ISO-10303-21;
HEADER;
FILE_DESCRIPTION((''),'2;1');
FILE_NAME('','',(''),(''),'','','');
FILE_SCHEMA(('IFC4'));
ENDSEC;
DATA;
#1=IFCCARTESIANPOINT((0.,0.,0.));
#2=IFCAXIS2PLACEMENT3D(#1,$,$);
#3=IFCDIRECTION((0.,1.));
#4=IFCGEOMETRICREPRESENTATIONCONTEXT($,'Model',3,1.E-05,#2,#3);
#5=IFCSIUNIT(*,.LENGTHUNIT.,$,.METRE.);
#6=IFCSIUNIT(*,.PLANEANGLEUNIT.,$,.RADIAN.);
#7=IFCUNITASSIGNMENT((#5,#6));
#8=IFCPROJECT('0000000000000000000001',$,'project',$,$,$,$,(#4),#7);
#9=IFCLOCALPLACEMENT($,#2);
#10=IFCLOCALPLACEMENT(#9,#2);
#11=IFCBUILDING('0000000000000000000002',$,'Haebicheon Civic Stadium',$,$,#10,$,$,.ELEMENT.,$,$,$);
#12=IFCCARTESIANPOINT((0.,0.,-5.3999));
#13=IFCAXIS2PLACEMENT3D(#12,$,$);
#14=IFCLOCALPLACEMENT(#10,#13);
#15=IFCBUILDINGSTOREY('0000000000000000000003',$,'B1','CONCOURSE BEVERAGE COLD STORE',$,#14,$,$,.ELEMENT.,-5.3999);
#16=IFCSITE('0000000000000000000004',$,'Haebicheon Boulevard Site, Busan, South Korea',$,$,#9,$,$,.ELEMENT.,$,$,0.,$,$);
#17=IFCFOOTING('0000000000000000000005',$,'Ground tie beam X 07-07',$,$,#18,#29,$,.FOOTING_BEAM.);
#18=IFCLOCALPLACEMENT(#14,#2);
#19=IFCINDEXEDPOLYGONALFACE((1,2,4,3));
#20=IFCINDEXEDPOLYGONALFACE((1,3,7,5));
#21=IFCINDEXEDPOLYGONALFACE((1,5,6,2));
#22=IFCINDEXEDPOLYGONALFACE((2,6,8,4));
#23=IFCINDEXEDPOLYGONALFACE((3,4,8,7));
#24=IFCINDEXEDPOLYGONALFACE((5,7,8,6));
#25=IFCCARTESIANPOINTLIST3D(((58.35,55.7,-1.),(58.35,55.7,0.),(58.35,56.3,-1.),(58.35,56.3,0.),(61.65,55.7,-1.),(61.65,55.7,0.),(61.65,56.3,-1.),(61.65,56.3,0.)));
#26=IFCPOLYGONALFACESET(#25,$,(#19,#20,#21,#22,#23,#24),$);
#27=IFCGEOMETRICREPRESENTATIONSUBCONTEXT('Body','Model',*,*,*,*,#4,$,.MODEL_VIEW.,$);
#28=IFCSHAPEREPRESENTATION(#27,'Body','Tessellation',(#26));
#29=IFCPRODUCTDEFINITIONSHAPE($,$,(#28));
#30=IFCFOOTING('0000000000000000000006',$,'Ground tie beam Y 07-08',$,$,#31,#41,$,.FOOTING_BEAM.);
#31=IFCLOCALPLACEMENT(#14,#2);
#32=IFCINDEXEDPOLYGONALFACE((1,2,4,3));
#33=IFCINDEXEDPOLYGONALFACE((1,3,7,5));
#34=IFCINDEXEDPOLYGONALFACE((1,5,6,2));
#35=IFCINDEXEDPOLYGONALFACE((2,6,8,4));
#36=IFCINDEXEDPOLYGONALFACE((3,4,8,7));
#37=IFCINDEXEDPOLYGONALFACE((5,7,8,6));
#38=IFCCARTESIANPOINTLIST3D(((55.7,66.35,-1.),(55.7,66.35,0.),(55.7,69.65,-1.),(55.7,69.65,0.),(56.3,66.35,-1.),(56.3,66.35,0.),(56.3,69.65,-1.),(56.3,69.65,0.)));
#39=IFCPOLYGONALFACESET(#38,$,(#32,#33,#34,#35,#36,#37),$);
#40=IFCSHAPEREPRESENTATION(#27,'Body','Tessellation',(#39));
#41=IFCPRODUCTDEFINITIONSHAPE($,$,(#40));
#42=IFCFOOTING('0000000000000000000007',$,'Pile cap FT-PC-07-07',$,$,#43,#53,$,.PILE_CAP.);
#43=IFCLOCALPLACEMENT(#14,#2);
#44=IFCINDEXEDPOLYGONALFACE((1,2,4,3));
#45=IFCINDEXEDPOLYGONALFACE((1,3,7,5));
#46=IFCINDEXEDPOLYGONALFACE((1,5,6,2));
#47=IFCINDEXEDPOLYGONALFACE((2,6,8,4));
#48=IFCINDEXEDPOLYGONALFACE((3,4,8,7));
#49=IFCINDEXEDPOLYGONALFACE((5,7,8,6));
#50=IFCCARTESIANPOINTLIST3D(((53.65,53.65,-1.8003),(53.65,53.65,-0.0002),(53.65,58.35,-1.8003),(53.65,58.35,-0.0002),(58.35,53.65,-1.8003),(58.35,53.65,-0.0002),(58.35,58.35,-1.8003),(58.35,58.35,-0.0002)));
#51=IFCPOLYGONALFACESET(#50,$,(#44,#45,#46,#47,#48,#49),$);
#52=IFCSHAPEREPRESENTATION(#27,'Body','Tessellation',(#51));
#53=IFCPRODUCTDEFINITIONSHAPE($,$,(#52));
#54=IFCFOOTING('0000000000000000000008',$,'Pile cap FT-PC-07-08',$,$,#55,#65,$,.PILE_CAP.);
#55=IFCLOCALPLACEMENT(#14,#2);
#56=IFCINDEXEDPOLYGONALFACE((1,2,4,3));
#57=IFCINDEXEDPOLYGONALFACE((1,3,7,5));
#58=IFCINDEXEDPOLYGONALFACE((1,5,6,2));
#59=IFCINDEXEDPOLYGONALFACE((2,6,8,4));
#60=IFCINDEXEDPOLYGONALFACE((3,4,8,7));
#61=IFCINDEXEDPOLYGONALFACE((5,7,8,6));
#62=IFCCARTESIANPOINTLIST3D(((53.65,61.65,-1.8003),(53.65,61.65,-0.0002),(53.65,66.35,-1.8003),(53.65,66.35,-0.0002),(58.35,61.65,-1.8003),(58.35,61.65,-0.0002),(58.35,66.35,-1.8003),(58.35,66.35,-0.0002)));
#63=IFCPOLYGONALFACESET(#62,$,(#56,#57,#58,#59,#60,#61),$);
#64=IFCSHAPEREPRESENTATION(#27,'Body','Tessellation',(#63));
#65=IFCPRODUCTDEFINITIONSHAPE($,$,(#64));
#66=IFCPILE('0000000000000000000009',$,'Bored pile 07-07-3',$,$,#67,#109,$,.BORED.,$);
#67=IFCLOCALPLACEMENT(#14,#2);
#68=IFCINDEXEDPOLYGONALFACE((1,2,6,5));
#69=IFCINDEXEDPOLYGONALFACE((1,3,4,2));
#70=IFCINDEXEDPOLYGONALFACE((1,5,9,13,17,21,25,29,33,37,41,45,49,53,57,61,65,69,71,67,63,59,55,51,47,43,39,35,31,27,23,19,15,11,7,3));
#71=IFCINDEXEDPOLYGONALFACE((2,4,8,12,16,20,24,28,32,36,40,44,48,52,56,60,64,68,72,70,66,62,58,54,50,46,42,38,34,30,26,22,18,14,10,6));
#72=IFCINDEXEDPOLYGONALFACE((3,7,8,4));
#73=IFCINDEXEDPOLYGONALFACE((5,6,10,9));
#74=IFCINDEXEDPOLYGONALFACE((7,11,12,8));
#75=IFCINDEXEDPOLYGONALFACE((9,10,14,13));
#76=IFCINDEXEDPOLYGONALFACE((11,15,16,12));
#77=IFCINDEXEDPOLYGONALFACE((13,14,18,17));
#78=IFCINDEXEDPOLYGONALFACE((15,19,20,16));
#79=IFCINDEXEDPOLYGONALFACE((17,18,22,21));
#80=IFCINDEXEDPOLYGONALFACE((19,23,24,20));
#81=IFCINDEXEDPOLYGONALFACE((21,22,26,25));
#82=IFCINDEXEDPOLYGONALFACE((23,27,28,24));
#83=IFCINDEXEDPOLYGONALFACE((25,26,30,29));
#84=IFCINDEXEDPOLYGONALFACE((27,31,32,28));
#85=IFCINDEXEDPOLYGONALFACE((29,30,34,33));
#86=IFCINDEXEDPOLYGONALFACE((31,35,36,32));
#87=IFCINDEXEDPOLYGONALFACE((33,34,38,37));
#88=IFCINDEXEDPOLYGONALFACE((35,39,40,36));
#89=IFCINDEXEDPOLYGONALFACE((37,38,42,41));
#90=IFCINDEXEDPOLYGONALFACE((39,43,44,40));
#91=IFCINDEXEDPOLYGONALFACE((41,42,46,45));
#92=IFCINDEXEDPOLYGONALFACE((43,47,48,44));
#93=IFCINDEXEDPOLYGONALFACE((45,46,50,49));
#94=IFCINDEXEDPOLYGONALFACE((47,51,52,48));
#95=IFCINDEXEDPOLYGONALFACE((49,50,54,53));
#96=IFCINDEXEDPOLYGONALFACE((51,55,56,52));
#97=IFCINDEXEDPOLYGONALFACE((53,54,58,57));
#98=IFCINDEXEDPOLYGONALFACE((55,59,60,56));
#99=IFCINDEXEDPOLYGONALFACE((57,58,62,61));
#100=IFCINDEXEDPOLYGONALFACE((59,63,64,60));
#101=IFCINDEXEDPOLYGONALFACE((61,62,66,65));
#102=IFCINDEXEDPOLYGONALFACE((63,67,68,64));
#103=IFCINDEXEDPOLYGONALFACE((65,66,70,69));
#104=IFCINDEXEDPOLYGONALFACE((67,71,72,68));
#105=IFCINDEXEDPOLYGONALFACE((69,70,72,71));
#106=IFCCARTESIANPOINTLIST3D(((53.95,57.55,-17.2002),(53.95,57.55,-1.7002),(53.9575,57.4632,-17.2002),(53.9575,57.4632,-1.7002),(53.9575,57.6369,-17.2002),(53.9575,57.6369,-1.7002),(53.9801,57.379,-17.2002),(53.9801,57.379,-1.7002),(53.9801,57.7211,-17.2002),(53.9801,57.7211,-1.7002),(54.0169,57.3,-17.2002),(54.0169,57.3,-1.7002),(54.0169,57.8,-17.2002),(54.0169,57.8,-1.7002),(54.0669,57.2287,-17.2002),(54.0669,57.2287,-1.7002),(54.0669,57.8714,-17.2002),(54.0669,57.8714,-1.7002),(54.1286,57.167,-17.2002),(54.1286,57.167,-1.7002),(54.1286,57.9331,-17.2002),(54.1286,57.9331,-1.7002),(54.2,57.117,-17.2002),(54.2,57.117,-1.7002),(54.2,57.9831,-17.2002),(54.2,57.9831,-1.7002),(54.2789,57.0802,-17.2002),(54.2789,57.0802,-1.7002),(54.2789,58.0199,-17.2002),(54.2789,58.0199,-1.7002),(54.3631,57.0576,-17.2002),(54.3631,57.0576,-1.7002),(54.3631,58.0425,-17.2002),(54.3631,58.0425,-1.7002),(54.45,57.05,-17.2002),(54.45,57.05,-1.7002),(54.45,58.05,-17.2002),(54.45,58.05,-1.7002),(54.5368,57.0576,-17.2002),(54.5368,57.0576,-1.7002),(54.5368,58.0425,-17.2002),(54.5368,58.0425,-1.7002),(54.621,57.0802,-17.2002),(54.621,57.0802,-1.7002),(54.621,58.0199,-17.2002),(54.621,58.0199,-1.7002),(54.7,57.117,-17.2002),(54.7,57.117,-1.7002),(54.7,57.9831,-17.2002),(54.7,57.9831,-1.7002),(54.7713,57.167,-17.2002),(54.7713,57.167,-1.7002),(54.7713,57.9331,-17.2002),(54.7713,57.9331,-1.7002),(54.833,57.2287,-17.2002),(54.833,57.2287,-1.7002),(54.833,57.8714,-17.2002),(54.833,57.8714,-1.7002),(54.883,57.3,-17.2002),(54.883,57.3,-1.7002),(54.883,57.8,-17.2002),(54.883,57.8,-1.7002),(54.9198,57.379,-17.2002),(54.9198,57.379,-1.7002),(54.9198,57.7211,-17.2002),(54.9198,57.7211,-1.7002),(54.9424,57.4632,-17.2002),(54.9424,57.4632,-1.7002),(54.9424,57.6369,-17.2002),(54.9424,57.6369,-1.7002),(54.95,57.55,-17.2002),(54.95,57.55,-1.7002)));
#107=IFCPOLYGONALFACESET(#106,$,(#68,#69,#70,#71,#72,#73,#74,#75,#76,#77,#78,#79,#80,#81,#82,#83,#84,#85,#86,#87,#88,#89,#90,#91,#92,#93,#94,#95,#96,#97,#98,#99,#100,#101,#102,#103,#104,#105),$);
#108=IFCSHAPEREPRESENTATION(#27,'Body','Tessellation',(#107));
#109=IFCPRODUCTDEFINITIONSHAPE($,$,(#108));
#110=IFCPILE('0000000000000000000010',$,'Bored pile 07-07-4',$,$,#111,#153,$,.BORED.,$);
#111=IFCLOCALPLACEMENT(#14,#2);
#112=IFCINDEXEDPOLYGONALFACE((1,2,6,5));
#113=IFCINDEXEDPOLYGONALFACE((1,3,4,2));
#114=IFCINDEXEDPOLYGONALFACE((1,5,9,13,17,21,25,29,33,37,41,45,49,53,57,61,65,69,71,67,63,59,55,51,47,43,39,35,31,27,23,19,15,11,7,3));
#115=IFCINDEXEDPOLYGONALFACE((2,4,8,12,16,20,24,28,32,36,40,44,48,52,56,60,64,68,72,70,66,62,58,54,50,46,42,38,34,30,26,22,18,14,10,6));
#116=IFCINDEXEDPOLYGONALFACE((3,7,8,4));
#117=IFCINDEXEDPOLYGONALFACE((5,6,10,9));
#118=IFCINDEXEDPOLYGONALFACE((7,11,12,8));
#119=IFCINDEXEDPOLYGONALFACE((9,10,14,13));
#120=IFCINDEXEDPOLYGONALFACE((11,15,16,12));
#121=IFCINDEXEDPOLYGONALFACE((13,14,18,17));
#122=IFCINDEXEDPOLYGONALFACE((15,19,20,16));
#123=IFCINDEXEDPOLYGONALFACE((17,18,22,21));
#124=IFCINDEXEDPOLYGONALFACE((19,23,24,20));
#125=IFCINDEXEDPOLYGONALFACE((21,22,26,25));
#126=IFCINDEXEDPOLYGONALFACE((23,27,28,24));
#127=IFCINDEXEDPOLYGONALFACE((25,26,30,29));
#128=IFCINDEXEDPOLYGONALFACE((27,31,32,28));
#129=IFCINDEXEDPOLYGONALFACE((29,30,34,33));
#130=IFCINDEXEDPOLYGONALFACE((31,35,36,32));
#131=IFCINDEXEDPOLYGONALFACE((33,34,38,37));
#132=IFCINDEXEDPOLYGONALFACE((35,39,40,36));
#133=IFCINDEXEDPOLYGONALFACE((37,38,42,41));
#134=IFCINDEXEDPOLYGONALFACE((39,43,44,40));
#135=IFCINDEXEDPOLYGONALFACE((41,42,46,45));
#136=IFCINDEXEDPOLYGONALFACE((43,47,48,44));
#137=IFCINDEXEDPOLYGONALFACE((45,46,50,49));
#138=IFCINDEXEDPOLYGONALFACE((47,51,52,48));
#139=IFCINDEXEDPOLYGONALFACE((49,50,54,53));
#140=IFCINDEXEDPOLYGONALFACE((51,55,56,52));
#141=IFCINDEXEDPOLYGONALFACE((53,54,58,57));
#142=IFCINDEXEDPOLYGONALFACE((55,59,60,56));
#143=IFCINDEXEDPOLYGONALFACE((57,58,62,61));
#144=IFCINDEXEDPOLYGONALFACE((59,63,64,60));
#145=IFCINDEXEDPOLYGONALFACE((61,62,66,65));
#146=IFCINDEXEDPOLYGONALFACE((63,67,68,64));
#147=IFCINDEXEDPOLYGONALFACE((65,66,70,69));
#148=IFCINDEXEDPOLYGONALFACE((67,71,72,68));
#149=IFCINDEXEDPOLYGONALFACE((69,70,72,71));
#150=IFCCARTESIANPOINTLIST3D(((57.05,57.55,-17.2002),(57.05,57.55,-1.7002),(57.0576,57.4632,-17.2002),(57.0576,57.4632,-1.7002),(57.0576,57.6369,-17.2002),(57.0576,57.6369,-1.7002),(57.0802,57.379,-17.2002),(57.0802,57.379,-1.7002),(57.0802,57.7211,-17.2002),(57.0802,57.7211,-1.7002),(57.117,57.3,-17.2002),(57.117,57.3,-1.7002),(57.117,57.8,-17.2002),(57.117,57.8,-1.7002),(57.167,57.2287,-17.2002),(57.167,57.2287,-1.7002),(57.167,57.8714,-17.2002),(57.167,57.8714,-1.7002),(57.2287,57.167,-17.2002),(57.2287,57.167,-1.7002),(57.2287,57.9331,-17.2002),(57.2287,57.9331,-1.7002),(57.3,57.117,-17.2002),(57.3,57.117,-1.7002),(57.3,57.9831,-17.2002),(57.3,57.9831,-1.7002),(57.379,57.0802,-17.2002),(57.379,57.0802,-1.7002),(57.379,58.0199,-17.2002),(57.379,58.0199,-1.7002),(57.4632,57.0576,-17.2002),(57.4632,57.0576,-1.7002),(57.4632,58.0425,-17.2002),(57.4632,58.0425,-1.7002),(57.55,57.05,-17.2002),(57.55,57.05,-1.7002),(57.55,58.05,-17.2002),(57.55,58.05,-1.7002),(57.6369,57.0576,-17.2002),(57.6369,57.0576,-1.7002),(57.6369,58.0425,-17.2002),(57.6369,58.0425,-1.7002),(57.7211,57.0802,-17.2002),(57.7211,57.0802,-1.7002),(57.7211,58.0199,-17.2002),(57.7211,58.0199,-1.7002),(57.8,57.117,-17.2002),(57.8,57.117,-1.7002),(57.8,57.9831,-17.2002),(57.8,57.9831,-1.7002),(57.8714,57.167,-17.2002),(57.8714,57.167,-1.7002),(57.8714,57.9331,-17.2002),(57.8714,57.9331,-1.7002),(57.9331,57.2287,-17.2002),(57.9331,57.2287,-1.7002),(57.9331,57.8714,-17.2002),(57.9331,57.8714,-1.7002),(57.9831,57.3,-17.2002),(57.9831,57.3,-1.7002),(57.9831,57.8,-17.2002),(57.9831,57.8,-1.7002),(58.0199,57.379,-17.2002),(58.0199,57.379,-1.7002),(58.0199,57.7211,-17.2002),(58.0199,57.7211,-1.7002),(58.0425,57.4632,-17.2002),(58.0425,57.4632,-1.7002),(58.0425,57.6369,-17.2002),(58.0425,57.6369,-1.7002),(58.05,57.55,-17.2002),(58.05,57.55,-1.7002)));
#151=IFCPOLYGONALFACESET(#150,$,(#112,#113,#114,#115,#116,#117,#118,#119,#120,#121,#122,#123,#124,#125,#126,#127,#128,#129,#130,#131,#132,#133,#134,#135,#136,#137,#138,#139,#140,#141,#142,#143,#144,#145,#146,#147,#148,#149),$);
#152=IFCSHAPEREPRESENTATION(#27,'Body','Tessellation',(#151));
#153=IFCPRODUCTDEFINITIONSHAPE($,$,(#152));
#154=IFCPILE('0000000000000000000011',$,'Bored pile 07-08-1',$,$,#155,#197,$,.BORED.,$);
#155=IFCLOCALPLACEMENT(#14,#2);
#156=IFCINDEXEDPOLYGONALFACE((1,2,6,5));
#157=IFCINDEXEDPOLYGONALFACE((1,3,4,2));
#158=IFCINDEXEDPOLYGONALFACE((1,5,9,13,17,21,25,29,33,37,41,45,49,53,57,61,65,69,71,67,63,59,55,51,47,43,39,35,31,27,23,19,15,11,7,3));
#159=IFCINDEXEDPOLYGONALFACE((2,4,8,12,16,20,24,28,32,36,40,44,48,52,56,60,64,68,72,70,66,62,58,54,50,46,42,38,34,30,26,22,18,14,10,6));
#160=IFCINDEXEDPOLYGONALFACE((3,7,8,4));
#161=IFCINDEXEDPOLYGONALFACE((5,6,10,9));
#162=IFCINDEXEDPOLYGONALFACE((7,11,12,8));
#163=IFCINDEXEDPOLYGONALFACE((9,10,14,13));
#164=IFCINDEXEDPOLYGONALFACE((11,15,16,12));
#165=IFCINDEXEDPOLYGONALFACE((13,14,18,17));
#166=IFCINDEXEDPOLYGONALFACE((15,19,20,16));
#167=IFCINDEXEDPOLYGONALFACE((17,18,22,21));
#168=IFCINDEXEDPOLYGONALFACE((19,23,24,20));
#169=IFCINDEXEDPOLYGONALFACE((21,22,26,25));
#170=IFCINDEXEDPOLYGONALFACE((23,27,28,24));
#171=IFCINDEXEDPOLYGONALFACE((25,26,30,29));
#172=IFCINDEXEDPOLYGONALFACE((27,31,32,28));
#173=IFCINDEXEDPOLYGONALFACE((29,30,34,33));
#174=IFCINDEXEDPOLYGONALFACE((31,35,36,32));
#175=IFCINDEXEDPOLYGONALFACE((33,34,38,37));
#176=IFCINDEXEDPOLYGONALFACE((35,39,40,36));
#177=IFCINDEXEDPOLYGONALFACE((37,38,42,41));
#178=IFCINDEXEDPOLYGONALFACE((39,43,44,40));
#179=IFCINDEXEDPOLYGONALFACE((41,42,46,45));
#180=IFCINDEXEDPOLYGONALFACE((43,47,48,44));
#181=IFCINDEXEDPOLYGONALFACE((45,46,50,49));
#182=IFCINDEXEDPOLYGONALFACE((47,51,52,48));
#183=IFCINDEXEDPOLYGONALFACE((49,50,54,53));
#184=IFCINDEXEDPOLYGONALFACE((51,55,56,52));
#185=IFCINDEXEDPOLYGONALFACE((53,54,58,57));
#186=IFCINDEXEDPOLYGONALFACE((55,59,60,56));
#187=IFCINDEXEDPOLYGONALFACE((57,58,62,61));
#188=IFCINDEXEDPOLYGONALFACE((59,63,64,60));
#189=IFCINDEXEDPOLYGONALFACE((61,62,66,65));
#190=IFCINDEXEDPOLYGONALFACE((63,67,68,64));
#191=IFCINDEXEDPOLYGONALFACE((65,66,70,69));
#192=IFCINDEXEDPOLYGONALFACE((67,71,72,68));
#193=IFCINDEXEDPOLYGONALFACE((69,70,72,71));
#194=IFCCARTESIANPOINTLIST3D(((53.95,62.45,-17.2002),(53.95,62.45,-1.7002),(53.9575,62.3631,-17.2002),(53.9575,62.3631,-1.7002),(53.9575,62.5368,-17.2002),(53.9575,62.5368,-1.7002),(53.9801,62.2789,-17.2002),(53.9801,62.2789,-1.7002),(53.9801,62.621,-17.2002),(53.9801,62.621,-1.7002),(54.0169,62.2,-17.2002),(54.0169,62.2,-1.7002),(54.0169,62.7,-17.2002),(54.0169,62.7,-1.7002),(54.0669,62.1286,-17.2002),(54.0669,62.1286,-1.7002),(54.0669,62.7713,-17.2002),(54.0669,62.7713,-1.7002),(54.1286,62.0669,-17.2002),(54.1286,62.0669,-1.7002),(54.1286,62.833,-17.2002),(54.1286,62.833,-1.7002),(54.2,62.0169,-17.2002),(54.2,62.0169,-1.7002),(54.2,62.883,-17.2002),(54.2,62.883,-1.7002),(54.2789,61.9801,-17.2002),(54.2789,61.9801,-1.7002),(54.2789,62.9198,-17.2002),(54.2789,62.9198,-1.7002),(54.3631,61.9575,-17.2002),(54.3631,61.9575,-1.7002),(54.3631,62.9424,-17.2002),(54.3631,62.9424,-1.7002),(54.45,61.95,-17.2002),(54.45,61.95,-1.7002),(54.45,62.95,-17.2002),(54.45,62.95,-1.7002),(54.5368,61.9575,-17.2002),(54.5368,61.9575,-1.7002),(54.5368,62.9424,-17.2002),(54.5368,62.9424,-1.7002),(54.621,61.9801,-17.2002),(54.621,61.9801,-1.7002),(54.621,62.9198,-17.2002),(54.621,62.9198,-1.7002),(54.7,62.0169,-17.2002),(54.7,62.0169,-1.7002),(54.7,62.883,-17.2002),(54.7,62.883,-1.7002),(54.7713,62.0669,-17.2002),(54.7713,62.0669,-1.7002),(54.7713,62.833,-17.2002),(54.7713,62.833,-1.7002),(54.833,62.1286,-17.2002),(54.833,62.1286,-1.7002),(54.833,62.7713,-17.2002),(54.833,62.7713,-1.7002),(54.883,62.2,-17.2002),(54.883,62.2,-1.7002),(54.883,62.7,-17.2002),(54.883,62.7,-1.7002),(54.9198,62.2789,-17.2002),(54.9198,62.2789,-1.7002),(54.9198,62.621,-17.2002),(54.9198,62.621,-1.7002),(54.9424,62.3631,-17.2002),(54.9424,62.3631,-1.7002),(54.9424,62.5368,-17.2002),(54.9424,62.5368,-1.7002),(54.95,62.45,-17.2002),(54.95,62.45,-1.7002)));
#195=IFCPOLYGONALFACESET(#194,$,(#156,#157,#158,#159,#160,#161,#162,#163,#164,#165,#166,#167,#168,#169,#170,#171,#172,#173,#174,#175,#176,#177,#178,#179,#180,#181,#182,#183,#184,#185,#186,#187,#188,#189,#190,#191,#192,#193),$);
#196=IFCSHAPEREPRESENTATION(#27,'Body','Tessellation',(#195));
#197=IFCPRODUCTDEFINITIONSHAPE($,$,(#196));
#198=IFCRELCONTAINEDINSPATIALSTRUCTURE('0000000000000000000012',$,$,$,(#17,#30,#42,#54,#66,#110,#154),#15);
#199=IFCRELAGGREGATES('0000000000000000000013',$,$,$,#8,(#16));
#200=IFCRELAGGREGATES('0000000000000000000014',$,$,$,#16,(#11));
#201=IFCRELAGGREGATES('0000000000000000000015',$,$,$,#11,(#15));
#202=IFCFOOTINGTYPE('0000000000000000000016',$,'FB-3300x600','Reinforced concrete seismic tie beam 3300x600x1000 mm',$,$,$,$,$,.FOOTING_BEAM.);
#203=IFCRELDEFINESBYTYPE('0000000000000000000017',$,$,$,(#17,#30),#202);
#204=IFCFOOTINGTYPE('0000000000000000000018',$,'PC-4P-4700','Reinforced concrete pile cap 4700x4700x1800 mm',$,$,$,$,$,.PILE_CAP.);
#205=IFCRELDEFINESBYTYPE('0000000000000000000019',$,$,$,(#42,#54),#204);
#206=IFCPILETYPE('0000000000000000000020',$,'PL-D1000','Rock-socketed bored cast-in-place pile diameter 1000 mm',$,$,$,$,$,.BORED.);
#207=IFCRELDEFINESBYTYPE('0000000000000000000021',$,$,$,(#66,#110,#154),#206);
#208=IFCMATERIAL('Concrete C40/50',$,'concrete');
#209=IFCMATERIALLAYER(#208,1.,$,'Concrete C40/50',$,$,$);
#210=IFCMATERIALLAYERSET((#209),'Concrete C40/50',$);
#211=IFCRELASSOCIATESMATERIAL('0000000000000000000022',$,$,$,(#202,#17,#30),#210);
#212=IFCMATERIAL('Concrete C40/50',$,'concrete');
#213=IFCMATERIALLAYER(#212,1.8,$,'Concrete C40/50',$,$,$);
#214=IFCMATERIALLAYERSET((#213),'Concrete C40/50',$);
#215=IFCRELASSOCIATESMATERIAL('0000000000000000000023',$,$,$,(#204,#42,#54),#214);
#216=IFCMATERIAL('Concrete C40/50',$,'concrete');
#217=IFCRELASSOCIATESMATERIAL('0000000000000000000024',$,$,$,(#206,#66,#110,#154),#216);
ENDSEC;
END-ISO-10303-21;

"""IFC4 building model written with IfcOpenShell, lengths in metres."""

from ifc_helpers import new_model, si_unit, direction, frame, origin, origin_2d, place, context, subcontext, project, spatial, rectangle, circle, extrude, material, layer, layer_set, material_profile, profile_set, type_object, element, save


model = new_model("IFC4")

# Units and contexts
model_context = context("Model", 3, precision=1e-05, world=origin(), true_north=direction((0.0, 1.0)))
body_context = subcontext(model_context, "Body", "Model", "MODEL_VIEW")
ifc_project = project(units=[si_unit("LENGTHUNIT", "METRE"), si_unit("PLANEANGLEUNIT", "RADIAN")], contexts=[model_context])

# Site, building, storey
site_placement = place(None, origin())
site = spatial("IfcSite", under=ifc_project, at=site_placement, Name="Haebicheon Boulevard Site, Busan, South Korea", CompositionType="ELEMENT", RefElevation=0.0)
building_placement = place(site_placement, origin())
building = spatial("IfcBuilding", under=site, at=building_placement, Name="Haebicheon Civic Stadium", CompositionType="ELEMENT")
storey_placement = place(building_placement, frame((0.0, 0.0, -5.3999)))
storey = spatial("IfcBuildingStorey", under=building, at=storey_placement, Name="B1", Description="CONCOURSE BEVERAGE COLD STORE", CompositionType="ELEMENT", Elevation=-5.3999)

# Footings
ifc_material_1 = material(Name="Concrete C40/50", Category="concrete")
ifc_layer_1 = layer(ifc_material_1, 1.0, Name="Concrete C40/50")
ifc_layer_set_1 = layer_set([ifc_layer_1], Name="Concrete C40/50")
footing_type_1 = type_object("IfcFootingType", Name="FB-3300x600", Description="Reinforced concrete seismic tie beam 3300x600x1000 mm", PredefinedType="FOOTING_BEAM", material=ifc_layer_set_1)
for number, where, z_axis, x_axis, name in (
    (1, (60.0, 56.0, -1.0), (0.0, 0.0, 1.0), (1.0, 0.0, 0.0), "Ground tie beam X 07-07"),
    (2, (56.0, 68.0, -1.0), (0.0, 0.0, 1.0), (0.0, 1.0, 0.0), "Ground tie beam Y 07-08"),
):
    element("IfcFooting", number, at=place(storey_placement, frame(where, z_axis=z_axis, x_axis=x_axis)), inside=storey, type_object=footing_type_1, material=ifc_layer_set_1, Name=name, PredefinedType="FOOTING_BEAM", context=body_context, shape_type="SweptSolid", body=[
        extrude(rectangle(XDim=3.3, YDim=0.6001, at=origin_2d()), origin(), (0.0, 0.0, 1.0), 1.0),
    ])
ifc_material_2 = material(Name="Concrete C40/50", Category="concrete")
ifc_layer_2 = layer(ifc_material_2, 1.8, Name="Concrete C40/50")
ifc_layer_set_2 = layer_set([ifc_layer_2], Name="Concrete C40/50")
footing_type_2 = type_object("IfcFootingType", Name="PC-4P-4700", Description="Reinforced concrete pile cap 4700x4700x1800 mm", PredefinedType="PILE_CAP", material=ifc_layer_set_2)
for number, where, z_axis, x_axis, name in (
    (3, (56.0, 56.0, -1.8003), (0.0, 0.0, 1.0), (1.0, 0.0, 0.0), "Pile cap FT-PC-07-07"),
    (4, (56.0, 64.0, -1.8003), (0.0, 0.0, 1.0), (1.0, 0.0, 0.0), "Pile cap FT-PC-07-08"),
):
    element("IfcFooting", number, at=place(storey_placement, frame(where, z_axis=z_axis, x_axis=x_axis)), inside=storey, type_object=footing_type_2, material=ifc_layer_set_2, Name=name, PredefinedType="PILE_CAP", context=body_context, shape_type="SweptSolid", body=[
        extrude(rectangle(XDim=4.7, YDim=4.7, at=origin_2d()), origin(), (0.0, 0.0, 1.0), 1.8),
    ])

# Piles
ifc_material_3 = material(Name="Concrete C40/50", Category="concrete")
ifc_material_profile_1 = material_profile(ifc_material_3, circle(Radius=0.5, at=origin_2d()), Name="PILE-D1000")
ifc_profile_set_1 = profile_set([ifc_material_profile_1], Name="Concrete C40/50")
pile_type = type_object("IfcPileType", Name="PL-D1000", Description="Rock-socketed bored cast-in-place pile diameter 1000 mm", PredefinedType="BORED", material=ifc_profile_set_1)
for number, where, z_axis, x_axis, name in (
    (5, (54.45, 57.55, -1.7002), (0.0, 0.0, -1.0), (1.0, 0.0, 0.0), "Bored pile 07-07-3"),
    (6, (57.55, 57.55, -1.7002), (0.0, 0.0, -1.0), (1.0, 0.0, 0.0), "Bored pile 07-07-4"),
    (7, (54.45, 62.45, -1.7002), (0.0, 0.0, -1.0), (1.0, 0.0, 0.0), "Bored pile 07-08-1"),
):
    element("IfcPile", number, at=place(storey_placement, frame(where, z_axis=z_axis, x_axis=x_axis)), inside=storey, type_object=pile_type, material=ifc_profile_set_1, Name=name, PredefinedType="BORED", context=body_context, shape_type="SweptSolid", body=[
        extrude(circle(Radius=0.5, at=origin_2d()), origin(), (0.0, 0.0, 1.0), 15.5),
    ])

save(model, "model.ifc")
